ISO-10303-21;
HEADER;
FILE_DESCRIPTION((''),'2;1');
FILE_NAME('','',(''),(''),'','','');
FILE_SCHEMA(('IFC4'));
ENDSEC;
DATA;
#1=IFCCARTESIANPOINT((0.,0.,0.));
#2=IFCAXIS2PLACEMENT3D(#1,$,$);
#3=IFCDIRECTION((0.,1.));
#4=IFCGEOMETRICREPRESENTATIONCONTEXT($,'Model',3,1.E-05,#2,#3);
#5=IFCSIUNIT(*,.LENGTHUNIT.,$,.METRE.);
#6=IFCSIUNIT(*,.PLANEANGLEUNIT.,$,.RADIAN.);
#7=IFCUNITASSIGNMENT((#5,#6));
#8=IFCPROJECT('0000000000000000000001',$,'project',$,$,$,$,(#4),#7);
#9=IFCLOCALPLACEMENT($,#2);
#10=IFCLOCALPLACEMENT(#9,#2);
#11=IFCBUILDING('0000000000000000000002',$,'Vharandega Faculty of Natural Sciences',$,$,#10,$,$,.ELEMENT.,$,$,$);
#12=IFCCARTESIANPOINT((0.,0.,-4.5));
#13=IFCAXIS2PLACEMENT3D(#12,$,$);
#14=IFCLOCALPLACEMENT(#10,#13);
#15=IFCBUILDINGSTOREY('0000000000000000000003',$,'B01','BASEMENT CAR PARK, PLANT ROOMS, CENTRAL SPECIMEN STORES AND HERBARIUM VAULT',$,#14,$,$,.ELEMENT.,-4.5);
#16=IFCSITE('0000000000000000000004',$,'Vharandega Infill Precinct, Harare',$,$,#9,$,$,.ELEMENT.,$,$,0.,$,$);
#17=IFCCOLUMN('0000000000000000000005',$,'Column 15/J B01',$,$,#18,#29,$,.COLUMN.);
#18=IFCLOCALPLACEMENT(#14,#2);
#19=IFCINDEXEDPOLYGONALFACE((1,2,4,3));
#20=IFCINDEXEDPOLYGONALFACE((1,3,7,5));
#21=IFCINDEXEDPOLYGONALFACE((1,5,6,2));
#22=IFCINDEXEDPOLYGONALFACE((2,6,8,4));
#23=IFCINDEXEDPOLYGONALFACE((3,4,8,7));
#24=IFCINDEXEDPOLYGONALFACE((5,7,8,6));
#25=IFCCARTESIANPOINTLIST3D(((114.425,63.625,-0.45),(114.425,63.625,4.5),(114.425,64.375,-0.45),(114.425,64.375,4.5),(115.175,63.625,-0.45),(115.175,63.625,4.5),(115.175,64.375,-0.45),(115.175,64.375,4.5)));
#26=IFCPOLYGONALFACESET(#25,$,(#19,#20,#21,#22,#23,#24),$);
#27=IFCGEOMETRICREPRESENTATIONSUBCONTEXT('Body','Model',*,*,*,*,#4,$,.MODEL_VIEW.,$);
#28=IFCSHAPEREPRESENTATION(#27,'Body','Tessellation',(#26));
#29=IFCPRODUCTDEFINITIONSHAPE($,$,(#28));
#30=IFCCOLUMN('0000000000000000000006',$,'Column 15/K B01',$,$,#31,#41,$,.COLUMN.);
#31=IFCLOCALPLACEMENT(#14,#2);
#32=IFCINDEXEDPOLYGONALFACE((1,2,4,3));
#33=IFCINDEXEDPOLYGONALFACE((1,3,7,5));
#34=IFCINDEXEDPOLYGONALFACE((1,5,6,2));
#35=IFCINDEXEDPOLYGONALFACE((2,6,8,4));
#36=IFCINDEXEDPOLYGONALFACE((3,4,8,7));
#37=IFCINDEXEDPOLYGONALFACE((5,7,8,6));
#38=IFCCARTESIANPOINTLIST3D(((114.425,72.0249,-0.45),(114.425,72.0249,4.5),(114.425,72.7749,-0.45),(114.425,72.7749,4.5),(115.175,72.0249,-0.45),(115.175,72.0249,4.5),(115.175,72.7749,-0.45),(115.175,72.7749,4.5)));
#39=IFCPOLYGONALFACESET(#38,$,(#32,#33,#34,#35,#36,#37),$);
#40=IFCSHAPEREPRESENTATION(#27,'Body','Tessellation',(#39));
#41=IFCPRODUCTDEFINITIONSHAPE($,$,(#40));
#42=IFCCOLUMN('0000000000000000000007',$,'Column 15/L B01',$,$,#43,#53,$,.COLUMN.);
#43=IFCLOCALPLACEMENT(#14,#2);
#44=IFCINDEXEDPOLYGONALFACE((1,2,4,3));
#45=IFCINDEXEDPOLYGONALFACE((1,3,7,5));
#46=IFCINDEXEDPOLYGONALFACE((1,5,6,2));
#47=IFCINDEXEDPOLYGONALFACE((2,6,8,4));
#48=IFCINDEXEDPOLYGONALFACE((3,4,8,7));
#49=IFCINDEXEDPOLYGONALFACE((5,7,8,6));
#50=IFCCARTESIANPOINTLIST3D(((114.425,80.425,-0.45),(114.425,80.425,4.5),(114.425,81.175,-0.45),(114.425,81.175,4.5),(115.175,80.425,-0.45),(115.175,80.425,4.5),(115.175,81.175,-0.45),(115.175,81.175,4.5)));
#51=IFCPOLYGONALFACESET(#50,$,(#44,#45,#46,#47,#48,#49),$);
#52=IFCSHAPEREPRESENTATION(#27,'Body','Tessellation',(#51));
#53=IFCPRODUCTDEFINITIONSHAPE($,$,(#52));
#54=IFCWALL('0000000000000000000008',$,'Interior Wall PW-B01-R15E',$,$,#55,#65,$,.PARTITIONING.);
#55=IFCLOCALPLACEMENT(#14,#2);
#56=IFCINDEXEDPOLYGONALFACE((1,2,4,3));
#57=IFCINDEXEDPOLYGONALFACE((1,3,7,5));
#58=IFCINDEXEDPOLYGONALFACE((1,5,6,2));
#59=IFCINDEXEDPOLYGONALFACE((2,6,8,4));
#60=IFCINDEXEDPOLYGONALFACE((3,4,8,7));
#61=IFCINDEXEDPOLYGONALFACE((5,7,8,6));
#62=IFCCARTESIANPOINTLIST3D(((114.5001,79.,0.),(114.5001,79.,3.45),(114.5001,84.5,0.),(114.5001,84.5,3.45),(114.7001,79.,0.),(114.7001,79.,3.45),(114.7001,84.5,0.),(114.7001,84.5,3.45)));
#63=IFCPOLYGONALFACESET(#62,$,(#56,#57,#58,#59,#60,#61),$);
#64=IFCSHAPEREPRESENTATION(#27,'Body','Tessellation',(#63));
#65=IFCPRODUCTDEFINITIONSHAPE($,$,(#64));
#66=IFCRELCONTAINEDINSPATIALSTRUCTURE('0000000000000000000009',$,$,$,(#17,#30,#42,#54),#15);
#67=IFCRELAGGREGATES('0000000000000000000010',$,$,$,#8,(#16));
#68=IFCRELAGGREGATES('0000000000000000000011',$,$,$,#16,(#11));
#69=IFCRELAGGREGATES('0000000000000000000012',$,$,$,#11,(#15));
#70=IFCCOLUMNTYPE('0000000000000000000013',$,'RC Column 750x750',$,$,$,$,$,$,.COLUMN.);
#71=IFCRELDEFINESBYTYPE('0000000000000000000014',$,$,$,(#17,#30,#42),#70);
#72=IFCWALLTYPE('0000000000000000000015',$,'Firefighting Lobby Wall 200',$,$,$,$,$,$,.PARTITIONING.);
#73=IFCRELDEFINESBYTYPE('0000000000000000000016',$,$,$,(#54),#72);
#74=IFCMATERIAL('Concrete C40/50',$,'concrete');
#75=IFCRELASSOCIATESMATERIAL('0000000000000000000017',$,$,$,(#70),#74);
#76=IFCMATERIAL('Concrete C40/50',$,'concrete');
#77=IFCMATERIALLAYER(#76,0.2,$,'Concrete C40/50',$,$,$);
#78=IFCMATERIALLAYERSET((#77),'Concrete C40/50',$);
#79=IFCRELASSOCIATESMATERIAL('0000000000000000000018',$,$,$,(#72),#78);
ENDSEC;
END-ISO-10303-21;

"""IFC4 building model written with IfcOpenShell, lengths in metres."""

from ifc_helpers import new_model, si_unit, direction, frame, frame_2d, origin, origin_2d, place, context, subcontext, project, spatial, rectangle, extrude, material, layer, layer_set, material_profile, profile_set, type_object, element, save


model = new_model("IFC4")

# Units and contexts
model_context = context("Model", 3, precision=1e-05, world=origin(), true_north=direction((0.0, 1.0)))
body_context = subcontext(model_context, "Body", "Model", "MODEL_VIEW")
ifc_project = project(units=[si_unit("LENGTHUNIT", "METRE"), si_unit("PLANEANGLEUNIT", "RADIAN")], contexts=[model_context])

# Site, building, storey
site_placement = place(None, origin())
site = spatial("IfcSite", under=ifc_project, at=site_placement, Name="Vharandega Infill Precinct, Harare", CompositionType="ELEMENT", RefElevation=0.0)
building_placement = place(site_placement, origin())
building = spatial("IfcBuilding", under=site, at=building_placement, Name="Vharandega Faculty of Natural Sciences", CompositionType="ELEMENT")
storey_placement = place(building_placement, frame((0.0, 0.0, -4.5)))
storey = spatial("IfcBuildingStorey", under=building, at=storey_placement, Name="B01", Description="BASEMENT CAR PARK, PLANT ROOMS, CENTRAL SPECIMEN STORES AND HERBARIUM VAULT", CompositionType="ELEMENT", Elevation=-4.5)

# Columns
ifc_material_1 = material(Name="Concrete C40/50", Category="concrete")
ifc_material_profile_1 = material_profile(ifc_material_1, rectangle(XDim=0.75, YDim=0.75, at=origin_2d()), Name="RC 750x750")
ifc_profile_set_1 = profile_set([ifc_material_profile_1], Name="Concrete C40/50")
column_type_1 = type_object("IfcColumnType", Name="RC Column 750x750", PredefinedType="COLUMN", material=ifc_profile_set_1)
for number, where, z_axis, x_axis, name in (
    (1, (114.8, 64.0, -0.45), (0.0, 0.0, 1.0), (1.0, 0.0, 0.0), "Column 15/J B01"),
    (2, (114.8, 72.3999, -0.45), (0.0, 0.0, 1.0), (1.0, 0.0, 0.0), "Column 15/K B01"),
    (3, (114.8, 80.8, -0.45), (0.0, 0.0, 1.0), (1.0, 0.0, 0.0), "Column 15/L B01"),
):
    element("IfcColumn", number, at=place(storey_placement, frame(where, z_axis=z_axis, x_axis=x_axis)), inside=storey, type_object=column_type_1, Name=name, PredefinedType="COLUMN", context=body_context, shape_type="SweptSolid", body=[
        extrude(rectangle(XDim=0.75, YDim=0.75, at=origin_2d()), origin(), (0.0, 0.0, 1.0), 4.95),
    ])

# Wall
ifc_material_2 = material(Name="Concrete C40/50", Category="concrete")
ifc_layer = layer(ifc_material_2, 0.2, Name="Concrete C40/50")
ifc_layer_set = layer_set([ifc_layer], Name="Concrete C40/50")
wall_type = type_object("IfcWallType", Name="Firefighting Lobby Wall 200", PredefinedType="PARTITIONING", material=ifc_layer_set)
wall_placement = place(storey_placement, frame((114.6001, 79.0, 0.0), z_axis=(0.0, 0.0, 1.0), x_axis=(0.0, 1.0, 0.0)))
element("IfcWall", 4, at=wall_placement, inside=storey, type_object=wall_type, Name="Interior Wall PW-B01-R15E", PredefinedType="PARTITIONING", context=body_context, shape_type="SweptSolid", body=[
    extrude(rectangle(XDim=5.5, YDim=0.2, at=frame_2d((2.75, 0.0))), origin(), (0.0, 0.0, 1.0), 3.45),
])

save(model, "model.ifc")
